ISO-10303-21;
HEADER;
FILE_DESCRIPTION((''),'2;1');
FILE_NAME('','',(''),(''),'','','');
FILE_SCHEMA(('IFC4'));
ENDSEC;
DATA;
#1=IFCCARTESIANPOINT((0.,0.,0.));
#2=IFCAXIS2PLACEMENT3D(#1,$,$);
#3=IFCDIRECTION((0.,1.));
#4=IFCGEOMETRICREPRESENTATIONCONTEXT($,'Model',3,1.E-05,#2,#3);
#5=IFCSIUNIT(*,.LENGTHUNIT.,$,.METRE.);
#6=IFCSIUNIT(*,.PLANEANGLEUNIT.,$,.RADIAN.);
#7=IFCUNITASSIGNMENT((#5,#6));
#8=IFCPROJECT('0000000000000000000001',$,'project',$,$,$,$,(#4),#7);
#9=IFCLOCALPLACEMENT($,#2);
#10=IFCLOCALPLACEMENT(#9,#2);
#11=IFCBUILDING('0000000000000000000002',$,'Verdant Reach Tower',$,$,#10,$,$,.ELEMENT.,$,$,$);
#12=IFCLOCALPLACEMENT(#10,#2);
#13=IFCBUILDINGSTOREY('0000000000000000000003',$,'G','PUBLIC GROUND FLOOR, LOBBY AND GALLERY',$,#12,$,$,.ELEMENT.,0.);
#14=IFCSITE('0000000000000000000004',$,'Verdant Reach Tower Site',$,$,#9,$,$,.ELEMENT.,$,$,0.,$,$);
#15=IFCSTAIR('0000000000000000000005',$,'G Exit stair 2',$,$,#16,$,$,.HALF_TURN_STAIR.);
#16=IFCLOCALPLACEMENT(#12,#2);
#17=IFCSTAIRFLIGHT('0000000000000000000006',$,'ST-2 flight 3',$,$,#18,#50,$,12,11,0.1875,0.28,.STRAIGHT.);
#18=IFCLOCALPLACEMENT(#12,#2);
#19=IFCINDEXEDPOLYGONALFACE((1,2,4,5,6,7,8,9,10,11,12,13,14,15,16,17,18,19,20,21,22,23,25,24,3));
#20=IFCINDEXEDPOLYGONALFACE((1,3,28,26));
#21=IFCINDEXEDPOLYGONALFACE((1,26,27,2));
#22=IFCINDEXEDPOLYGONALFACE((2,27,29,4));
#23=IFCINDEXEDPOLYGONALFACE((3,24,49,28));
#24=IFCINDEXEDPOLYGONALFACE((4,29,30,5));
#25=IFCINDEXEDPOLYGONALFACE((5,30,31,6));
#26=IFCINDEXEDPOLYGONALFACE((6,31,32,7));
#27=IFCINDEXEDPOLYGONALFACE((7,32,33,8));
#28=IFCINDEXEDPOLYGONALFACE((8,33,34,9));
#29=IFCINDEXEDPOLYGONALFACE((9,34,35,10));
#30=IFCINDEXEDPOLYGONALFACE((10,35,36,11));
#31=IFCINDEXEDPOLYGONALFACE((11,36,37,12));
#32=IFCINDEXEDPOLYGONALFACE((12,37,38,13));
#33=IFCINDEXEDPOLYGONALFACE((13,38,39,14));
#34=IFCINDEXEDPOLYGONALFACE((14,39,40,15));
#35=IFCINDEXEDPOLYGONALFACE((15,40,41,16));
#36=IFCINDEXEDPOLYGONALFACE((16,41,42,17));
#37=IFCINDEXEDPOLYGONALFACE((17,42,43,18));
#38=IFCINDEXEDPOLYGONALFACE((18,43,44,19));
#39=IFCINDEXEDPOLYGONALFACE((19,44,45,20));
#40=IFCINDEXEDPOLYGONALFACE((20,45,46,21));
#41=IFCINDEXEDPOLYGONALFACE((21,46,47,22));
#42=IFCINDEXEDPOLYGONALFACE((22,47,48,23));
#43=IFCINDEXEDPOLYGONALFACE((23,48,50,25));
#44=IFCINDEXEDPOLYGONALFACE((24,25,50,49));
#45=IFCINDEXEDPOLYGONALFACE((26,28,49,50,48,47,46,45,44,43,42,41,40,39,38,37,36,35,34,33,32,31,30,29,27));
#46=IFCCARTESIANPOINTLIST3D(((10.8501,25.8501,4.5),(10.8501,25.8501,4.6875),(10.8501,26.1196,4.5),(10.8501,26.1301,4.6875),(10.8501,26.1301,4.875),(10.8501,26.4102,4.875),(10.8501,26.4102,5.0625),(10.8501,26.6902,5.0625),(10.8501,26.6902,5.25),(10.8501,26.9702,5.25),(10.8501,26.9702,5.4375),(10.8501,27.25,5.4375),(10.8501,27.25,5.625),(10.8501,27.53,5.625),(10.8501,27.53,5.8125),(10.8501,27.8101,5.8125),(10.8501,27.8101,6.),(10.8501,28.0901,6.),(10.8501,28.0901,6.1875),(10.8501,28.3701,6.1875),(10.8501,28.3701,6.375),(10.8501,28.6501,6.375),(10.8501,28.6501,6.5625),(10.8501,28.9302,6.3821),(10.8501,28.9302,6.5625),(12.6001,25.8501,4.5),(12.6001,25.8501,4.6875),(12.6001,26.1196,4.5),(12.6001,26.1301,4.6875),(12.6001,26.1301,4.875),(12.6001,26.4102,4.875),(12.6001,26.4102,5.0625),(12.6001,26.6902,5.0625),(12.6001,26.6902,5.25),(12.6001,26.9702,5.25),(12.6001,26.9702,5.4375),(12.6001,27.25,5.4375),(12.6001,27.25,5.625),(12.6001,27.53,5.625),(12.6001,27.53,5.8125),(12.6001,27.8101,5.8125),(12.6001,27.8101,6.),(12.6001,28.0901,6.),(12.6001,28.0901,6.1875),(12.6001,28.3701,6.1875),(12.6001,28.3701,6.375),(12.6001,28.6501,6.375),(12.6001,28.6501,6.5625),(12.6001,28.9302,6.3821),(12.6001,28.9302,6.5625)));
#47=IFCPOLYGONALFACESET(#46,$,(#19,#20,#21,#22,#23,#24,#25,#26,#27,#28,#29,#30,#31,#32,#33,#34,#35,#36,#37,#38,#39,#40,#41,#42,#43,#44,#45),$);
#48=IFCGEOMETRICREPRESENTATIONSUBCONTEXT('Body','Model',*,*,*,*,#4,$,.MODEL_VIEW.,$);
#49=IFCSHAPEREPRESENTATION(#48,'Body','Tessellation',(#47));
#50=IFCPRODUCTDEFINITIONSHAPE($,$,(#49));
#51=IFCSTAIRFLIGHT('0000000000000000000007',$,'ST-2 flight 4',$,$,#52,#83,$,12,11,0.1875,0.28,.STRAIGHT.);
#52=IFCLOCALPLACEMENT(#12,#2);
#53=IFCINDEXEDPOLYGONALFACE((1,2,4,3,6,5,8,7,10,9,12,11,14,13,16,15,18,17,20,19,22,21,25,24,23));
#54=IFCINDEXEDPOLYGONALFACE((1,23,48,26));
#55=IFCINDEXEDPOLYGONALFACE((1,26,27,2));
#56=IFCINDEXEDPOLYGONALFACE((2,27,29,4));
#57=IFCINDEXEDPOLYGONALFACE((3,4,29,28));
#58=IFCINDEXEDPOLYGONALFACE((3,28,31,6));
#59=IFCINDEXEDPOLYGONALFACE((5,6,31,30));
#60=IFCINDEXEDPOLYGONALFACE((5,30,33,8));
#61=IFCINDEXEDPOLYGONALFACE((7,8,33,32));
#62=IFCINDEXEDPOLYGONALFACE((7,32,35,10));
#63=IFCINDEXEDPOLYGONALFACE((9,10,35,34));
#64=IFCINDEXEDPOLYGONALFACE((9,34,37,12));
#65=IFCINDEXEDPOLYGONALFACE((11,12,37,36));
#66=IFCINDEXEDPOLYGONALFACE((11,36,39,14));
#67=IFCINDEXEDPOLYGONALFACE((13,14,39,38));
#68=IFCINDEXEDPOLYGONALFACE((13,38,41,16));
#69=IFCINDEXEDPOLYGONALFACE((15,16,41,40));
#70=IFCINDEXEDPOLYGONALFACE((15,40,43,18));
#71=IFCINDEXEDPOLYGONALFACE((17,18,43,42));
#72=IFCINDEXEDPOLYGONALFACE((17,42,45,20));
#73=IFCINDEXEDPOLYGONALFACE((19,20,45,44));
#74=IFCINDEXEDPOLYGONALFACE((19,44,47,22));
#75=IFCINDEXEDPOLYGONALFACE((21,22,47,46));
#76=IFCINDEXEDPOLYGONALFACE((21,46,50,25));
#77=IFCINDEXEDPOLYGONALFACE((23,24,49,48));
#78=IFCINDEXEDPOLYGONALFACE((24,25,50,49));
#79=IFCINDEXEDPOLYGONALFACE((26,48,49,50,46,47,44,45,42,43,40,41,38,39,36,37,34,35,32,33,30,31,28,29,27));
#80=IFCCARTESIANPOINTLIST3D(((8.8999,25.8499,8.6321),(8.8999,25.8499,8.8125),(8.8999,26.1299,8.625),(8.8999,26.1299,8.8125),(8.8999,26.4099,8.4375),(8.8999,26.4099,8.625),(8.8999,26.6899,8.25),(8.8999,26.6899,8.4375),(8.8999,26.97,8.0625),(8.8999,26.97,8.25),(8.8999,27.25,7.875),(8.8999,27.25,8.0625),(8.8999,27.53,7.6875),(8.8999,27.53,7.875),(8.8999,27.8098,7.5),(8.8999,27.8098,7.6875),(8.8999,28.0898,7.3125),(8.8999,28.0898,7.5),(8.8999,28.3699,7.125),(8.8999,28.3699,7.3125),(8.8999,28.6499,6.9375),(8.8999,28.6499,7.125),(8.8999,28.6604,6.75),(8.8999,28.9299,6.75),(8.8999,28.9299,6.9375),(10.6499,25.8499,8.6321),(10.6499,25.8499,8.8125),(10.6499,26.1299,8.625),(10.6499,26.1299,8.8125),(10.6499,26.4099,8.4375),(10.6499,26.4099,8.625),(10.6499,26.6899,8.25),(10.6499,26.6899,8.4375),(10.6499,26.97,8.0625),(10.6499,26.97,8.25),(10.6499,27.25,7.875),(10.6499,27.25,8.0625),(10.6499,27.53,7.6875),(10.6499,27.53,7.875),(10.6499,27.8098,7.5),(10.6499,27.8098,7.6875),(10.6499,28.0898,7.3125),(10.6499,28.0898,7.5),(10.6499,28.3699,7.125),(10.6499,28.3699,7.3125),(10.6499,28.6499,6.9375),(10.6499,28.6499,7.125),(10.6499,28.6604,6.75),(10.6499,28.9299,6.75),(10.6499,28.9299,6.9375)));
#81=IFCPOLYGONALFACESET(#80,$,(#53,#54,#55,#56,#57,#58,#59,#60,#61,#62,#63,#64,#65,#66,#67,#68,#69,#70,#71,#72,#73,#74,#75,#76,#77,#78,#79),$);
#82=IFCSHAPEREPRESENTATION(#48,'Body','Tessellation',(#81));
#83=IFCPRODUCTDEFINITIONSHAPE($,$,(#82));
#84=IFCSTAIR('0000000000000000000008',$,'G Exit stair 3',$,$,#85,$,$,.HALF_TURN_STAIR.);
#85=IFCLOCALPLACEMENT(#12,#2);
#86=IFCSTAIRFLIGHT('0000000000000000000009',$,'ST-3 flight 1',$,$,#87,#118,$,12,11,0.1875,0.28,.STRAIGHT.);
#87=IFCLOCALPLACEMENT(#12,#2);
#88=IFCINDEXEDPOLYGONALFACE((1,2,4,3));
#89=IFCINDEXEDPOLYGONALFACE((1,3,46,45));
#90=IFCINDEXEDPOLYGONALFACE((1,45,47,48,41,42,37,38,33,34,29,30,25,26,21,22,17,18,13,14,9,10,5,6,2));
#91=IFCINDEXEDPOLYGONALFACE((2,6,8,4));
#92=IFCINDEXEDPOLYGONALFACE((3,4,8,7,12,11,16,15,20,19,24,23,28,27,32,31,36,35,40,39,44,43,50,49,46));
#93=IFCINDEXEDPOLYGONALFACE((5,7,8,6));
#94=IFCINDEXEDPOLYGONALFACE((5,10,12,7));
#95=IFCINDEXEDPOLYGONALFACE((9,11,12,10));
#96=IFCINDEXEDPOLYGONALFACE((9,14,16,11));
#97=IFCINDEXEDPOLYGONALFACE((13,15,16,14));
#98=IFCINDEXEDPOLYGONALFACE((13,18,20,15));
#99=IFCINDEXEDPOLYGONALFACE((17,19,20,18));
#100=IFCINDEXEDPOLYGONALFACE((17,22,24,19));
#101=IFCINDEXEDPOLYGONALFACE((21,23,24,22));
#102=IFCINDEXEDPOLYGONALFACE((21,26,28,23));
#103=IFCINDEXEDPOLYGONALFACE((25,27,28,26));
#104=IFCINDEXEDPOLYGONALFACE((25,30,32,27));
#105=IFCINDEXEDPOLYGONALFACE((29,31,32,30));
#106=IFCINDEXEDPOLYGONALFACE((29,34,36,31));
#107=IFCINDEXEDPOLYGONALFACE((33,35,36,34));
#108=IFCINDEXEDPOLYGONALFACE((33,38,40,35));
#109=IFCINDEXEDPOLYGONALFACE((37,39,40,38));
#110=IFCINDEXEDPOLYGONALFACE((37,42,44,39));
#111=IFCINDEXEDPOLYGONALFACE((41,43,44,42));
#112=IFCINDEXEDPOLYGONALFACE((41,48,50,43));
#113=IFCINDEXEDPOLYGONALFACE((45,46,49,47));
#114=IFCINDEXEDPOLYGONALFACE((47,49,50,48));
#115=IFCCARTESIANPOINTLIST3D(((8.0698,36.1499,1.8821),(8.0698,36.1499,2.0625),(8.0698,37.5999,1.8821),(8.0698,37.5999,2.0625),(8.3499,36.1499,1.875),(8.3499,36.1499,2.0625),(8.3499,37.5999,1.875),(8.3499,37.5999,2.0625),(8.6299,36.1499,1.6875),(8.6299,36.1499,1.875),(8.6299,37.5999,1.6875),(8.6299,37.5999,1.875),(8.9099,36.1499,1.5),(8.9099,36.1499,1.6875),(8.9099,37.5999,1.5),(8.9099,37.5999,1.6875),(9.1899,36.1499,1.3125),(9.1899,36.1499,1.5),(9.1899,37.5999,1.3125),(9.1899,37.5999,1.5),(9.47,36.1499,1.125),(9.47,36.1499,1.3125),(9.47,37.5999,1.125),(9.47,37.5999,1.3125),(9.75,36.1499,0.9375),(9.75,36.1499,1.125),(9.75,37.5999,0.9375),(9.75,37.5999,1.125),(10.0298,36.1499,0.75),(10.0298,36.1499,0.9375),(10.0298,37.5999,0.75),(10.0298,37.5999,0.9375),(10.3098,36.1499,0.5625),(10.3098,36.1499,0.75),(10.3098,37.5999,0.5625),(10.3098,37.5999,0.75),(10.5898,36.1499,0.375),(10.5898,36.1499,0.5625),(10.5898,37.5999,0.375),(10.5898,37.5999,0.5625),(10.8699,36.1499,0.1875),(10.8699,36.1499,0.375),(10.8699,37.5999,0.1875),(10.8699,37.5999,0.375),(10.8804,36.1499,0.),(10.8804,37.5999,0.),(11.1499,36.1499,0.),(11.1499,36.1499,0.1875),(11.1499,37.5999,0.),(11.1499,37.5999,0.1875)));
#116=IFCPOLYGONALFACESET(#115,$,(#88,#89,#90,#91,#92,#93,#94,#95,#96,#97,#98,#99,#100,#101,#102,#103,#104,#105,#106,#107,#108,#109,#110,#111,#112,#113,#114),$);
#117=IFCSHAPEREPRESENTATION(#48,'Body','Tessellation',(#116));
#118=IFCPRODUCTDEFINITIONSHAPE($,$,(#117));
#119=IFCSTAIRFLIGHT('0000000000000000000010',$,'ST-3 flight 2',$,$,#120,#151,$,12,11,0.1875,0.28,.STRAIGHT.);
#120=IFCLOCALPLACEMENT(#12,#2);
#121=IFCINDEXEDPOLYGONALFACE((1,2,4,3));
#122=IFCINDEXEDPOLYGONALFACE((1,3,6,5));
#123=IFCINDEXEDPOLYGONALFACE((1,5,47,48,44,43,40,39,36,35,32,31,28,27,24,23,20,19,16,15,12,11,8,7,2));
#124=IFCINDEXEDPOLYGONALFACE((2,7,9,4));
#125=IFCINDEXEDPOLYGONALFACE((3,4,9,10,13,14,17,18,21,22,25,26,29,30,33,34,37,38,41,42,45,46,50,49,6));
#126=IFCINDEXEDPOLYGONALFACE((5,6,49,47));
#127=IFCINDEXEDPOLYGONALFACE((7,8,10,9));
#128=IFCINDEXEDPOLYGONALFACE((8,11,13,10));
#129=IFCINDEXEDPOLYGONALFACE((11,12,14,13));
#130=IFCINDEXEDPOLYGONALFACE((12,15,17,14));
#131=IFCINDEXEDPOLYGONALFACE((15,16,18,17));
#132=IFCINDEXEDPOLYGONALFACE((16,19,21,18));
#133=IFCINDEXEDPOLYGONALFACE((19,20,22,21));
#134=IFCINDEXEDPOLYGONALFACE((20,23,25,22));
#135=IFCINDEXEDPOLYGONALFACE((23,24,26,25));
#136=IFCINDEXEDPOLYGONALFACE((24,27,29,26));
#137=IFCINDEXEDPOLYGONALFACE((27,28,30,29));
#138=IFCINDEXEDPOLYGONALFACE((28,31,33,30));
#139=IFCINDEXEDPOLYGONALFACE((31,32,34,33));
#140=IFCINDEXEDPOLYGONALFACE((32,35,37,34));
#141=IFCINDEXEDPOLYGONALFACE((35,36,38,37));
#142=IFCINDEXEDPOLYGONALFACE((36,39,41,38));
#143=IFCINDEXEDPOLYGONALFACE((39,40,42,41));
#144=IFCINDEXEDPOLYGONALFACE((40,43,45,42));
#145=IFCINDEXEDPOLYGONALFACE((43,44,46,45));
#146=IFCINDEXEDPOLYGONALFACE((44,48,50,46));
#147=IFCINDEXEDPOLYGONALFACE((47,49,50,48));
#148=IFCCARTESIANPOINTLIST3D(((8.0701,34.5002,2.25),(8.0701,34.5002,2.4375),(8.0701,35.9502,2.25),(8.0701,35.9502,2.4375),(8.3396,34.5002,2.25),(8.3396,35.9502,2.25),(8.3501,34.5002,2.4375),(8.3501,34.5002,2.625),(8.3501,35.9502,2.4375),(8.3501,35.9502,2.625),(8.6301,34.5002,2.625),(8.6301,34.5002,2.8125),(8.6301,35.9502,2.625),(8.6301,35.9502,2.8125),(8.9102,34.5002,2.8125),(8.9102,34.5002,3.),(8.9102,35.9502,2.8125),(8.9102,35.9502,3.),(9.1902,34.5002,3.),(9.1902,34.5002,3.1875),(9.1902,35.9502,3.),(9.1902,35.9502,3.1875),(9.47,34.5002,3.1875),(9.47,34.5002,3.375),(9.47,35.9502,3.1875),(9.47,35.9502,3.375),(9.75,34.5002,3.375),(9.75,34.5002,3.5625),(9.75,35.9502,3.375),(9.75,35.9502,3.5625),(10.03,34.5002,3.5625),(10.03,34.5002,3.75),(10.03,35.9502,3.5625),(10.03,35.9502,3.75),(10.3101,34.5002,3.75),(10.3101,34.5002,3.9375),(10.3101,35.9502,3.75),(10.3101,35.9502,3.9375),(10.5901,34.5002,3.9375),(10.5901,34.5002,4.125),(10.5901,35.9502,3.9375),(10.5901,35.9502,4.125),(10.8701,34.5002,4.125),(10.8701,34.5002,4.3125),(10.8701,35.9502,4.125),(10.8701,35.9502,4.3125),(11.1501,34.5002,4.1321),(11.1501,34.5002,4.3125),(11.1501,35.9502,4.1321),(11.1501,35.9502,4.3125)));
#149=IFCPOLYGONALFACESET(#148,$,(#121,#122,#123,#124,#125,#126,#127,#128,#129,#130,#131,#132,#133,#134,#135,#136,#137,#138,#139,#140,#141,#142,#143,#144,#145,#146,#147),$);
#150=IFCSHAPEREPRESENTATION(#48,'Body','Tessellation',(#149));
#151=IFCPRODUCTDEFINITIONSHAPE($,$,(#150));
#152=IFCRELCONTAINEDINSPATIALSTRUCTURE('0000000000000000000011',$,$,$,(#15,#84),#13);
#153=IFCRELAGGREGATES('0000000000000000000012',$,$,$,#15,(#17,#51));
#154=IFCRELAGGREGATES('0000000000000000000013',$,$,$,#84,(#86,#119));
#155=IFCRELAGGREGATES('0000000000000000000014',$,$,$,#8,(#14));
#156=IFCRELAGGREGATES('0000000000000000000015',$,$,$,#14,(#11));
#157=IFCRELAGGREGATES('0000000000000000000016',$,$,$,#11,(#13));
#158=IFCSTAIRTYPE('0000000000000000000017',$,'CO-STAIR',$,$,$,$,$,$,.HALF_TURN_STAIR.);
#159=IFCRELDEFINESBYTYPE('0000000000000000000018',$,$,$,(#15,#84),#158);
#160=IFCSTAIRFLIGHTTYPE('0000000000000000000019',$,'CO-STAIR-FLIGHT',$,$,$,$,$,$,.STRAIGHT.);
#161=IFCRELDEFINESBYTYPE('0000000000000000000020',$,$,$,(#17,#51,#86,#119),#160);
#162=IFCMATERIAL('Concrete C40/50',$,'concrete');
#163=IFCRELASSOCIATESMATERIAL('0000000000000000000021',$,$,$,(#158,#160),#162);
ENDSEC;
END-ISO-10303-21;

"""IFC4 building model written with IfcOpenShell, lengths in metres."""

from ifc_helpers import new_model, si_unit, direction, frame, origin, place, context, subcontext, project, spatial, polyline, outline, extrude, material, type_object, element, aggregate, save


model = new_model("IFC4")

# Units and contexts
model_context = context("Model", 3, precision=1e-05, world=origin(), true_north=direction((0.0, 1.0)))
body_context = subcontext(model_context, "Body", "Model", "MODEL_VIEW")
ifc_project = project(units=[si_unit("LENGTHUNIT", "METRE"), si_unit("PLANEANGLEUNIT", "RADIAN")], contexts=[model_context])

# Site, building, storey
site_placement = place(None, origin())
site = spatial("IfcSite", under=ifc_project, at=site_placement, Name="Verdant Reach Tower Site", CompositionType="ELEMENT", RefElevation=0.0)
building_placement = place(site_placement, origin())
building = spatial("IfcBuilding", under=site, at=building_placement, Name="Verdant Reach Tower", CompositionType="ELEMENT")
storey_placement = place(building_placement, origin())
storey = spatial("IfcBuildingStorey", under=building, at=storey_placement, Name="G", Description="PUBLIC GROUND FLOOR, LOBBY AND GALLERY", CompositionType="ELEMENT", Elevation=0.0)

# Shared definitions
ifc_material_1 = material(Name="Concrete C40/50", Category="concrete")

# Stairs, stair flights
stair_type = type_object("IfcStairType", Name="CO-STAIR", PredefinedType="HALF_TURN_STAIR", material=ifc_material_1)
stair_1_placement = place(storey_placement, origin())
stair_1 = element("IfcStair", 1, at=stair_1_placement, inside=storey, type_object=stair_type, Name="G Exit stair 2", PredefinedType="HALF_TURN_STAIR")
stair_flight_type = type_object("IfcStairFlightType", Name="CO-STAIR-FLIGHT", PredefinedType="STRAIGHT", material=ifc_material_1)
stair_flight_1_placement = place(storey_placement, frame((11.7251, 25.8501, 4.5), z_axis=(0.0, 0.0, 1.0), x_axis=(0.0, 1.0, 0.0)))
stair_flight_1 = element("IfcStairFlight", 2, at=stair_flight_1_placement, type_object=stair_flight_type, Name="ST-2 flight 3", NumberOfRisers=12, NumberOfTreads=11, PredefinedType="STRAIGHT", RiserHeight=0.1875, TreadLength=0.28, context=body_context, shape_type="SweptSolid", body=[
    extrude(outline(polyline([(0.0, 0.0), (0.0, 0.1875), (0.28, 0.1875), (0.28, 0.375), (0.5601, 0.375), (0.5601, 0.5625), (0.8401, 0.5625), (0.8401, 0.75), (1.1201, 0.75), (1.1201, 0.9375), (1.3999, 0.9375), (1.3999, 1.125), (1.6799, 1.125), (1.6799, 1.3125), (1.96, 1.3125), (1.96, 1.5), (2.24, 1.5), (2.24, 1.6875), (2.52, 1.6875), (2.52, 1.875), (2.8, 1.875), (2.8, 2.0625), (3.0801, 2.0625), (3.0801, 2.25), (3.0801, 1.8821), (0.2695, 0.0), (0.0, 0.0)])), frame((0.0, 0.875, 0.0), z_axis=(0.0, -1.0, 0.0), x_axis=(1.0, 0.0, 0.0)), (0.0, 0.0, 1.0), 1.75),
])
stair_flight_2_placement = place(storey_placement, frame((9.7749, 28.9299, 6.75), z_axis=(0.0, 0.0, 1.0), x_axis=(0.0, -1.0, 0.0)))
stair_flight_2 = element("IfcStairFlight", 3, at=stair_flight_2_placement, type_object=stair_flight_type, Name="ST-2 flight 4", NumberOfRisers=12, NumberOfTreads=11, PredefinedType="STRAIGHT", RiserHeight=0.1875, TreadLength=0.28, context=body_context, shape_type="SweptSolid", body=[
    extrude(outline(polyline([(0.0, 0.0), (0.0, 0.1875), (0.28, 0.1875), (0.28, 0.375), (0.5601, 0.375), (0.5601, 0.5625), (0.8401, 0.5625), (0.8401, 0.75), (1.1201, 0.75), (1.1201, 0.9375), (1.3999, 0.9375), (1.3999, 1.125), (1.6799, 1.125), (1.6799, 1.3125), (1.96, 1.3125), (1.96, 1.5), (2.24, 1.5), (2.24, 1.6875), (2.52, 1.6875), (2.52, 1.875), (2.8, 1.875), (2.8, 2.0625), (3.0801, 2.0625), (3.0801, 2.25), (3.0801, 1.8821), (0.2695, 0.0), (0.0, 0.0)])), frame((0.0, 0.875, 0.0), z_axis=(0.0, -1.0, 0.0), x_axis=(1.0, 0.0, 0.0)), (0.0, 0.0, 1.0), 1.75),
])
aggregate(stair_1, [stair_flight_1, stair_flight_2])
stair_2_placement = place(storey_placement, origin())
stair_2 = element("IfcStair", 4, at=stair_2_placement, inside=storey, type_object=stair_type, Name="G Exit stair 3", PredefinedType="HALF_TURN_STAIR")
stair_flight_3_placement = place(storey_placement, frame((11.1499, 36.875, 0.0), z_axis=(0.0, 0.0, 1.0), x_axis=(-1.0, 0.0, 0.0)))
stair_flight_3 = element("IfcStairFlight", 5, at=stair_flight_3_placement, type_object=stair_flight_type, Name="ST-3 flight 1", NumberOfRisers=12, NumberOfTreads=11, PredefinedType="STRAIGHT", RiserHeight=0.1875, TreadLength=0.28, context=body_context, shape_type="SweptSolid", body=[
    extrude(outline(polyline([(0.0, 0.0), (0.0, 0.1875), (0.28, 0.1875), (0.28, 0.375), (0.5601, 0.375), (0.5601, 0.5625), (0.8401, 0.5625), (0.8401, 0.75), (1.1201, 0.75), (1.1201, 0.9375), (1.3999, 0.9375), (1.3999, 1.125), (1.6799, 1.125), (1.6799, 1.3125), (1.96, 1.3125), (1.96, 1.5), (2.24, 1.5), (2.24, 1.6875), (2.52, 1.6875), (2.52, 1.875), (2.8, 1.875), (2.8, 2.0625), (3.0801, 2.0625), (3.0801, 2.25), (3.0801, 1.8821), (0.2695, 0.0), (0.0, 0.0)])), frame((0.0, 0.7251, 0.0), z_axis=(0.0, -1.0, 0.0), x_axis=(1.0, 0.0, 0.0)), (0.0, 0.0, 1.0), 1.45),
])
stair_flight_4_placement = place(storey_placement, frame((8.0701, 35.2251, 2.25), z_axis=(0.0, 0.0, 1.0), x_axis=(1.0, 0.0, 0.0)))
stair_flight_4 = element("IfcStairFlight", 6, at=stair_flight_4_placement, type_object=stair_flight_type, Name="ST-3 flight 2", NumberOfRisers=12, NumberOfTreads=11, PredefinedType="STRAIGHT", RiserHeight=0.1875, TreadLength=0.28, context=body_context, shape_type="SweptSolid", body=[
    extrude(outline(polyline([(0.0, 0.0), (0.0, 0.1875), (0.28, 0.1875), (0.28, 0.375), (0.5601, 0.375), (0.5601, 0.5625), (0.8401, 0.5625), (0.8401, 0.75), (1.1201, 0.75), (1.1201, 0.9375), (1.3999, 0.9375), (1.3999, 1.125), (1.6799, 1.125), (1.6799, 1.3125), (1.96, 1.3125), (1.96, 1.5), (2.24, 1.5), (2.24, 1.6875), (2.52, 1.6875), (2.52, 1.875), (2.8, 1.875), (2.8, 2.0625), (3.0801, 2.0625), (3.0801, 2.25), (3.0801, 1.8821), (0.2695, 0.0), (0.0, 0.0)])), frame((0.0, 0.7251, 0.0), z_axis=(0.0, -1.0, 0.0), x_axis=(1.0, 0.0, 0.0)), (0.0, 0.0, 1.0), 1.45),
])
aggregate(stair_2, [stair_flight_3, stair_flight_4])

save(model, "model.ifc")
